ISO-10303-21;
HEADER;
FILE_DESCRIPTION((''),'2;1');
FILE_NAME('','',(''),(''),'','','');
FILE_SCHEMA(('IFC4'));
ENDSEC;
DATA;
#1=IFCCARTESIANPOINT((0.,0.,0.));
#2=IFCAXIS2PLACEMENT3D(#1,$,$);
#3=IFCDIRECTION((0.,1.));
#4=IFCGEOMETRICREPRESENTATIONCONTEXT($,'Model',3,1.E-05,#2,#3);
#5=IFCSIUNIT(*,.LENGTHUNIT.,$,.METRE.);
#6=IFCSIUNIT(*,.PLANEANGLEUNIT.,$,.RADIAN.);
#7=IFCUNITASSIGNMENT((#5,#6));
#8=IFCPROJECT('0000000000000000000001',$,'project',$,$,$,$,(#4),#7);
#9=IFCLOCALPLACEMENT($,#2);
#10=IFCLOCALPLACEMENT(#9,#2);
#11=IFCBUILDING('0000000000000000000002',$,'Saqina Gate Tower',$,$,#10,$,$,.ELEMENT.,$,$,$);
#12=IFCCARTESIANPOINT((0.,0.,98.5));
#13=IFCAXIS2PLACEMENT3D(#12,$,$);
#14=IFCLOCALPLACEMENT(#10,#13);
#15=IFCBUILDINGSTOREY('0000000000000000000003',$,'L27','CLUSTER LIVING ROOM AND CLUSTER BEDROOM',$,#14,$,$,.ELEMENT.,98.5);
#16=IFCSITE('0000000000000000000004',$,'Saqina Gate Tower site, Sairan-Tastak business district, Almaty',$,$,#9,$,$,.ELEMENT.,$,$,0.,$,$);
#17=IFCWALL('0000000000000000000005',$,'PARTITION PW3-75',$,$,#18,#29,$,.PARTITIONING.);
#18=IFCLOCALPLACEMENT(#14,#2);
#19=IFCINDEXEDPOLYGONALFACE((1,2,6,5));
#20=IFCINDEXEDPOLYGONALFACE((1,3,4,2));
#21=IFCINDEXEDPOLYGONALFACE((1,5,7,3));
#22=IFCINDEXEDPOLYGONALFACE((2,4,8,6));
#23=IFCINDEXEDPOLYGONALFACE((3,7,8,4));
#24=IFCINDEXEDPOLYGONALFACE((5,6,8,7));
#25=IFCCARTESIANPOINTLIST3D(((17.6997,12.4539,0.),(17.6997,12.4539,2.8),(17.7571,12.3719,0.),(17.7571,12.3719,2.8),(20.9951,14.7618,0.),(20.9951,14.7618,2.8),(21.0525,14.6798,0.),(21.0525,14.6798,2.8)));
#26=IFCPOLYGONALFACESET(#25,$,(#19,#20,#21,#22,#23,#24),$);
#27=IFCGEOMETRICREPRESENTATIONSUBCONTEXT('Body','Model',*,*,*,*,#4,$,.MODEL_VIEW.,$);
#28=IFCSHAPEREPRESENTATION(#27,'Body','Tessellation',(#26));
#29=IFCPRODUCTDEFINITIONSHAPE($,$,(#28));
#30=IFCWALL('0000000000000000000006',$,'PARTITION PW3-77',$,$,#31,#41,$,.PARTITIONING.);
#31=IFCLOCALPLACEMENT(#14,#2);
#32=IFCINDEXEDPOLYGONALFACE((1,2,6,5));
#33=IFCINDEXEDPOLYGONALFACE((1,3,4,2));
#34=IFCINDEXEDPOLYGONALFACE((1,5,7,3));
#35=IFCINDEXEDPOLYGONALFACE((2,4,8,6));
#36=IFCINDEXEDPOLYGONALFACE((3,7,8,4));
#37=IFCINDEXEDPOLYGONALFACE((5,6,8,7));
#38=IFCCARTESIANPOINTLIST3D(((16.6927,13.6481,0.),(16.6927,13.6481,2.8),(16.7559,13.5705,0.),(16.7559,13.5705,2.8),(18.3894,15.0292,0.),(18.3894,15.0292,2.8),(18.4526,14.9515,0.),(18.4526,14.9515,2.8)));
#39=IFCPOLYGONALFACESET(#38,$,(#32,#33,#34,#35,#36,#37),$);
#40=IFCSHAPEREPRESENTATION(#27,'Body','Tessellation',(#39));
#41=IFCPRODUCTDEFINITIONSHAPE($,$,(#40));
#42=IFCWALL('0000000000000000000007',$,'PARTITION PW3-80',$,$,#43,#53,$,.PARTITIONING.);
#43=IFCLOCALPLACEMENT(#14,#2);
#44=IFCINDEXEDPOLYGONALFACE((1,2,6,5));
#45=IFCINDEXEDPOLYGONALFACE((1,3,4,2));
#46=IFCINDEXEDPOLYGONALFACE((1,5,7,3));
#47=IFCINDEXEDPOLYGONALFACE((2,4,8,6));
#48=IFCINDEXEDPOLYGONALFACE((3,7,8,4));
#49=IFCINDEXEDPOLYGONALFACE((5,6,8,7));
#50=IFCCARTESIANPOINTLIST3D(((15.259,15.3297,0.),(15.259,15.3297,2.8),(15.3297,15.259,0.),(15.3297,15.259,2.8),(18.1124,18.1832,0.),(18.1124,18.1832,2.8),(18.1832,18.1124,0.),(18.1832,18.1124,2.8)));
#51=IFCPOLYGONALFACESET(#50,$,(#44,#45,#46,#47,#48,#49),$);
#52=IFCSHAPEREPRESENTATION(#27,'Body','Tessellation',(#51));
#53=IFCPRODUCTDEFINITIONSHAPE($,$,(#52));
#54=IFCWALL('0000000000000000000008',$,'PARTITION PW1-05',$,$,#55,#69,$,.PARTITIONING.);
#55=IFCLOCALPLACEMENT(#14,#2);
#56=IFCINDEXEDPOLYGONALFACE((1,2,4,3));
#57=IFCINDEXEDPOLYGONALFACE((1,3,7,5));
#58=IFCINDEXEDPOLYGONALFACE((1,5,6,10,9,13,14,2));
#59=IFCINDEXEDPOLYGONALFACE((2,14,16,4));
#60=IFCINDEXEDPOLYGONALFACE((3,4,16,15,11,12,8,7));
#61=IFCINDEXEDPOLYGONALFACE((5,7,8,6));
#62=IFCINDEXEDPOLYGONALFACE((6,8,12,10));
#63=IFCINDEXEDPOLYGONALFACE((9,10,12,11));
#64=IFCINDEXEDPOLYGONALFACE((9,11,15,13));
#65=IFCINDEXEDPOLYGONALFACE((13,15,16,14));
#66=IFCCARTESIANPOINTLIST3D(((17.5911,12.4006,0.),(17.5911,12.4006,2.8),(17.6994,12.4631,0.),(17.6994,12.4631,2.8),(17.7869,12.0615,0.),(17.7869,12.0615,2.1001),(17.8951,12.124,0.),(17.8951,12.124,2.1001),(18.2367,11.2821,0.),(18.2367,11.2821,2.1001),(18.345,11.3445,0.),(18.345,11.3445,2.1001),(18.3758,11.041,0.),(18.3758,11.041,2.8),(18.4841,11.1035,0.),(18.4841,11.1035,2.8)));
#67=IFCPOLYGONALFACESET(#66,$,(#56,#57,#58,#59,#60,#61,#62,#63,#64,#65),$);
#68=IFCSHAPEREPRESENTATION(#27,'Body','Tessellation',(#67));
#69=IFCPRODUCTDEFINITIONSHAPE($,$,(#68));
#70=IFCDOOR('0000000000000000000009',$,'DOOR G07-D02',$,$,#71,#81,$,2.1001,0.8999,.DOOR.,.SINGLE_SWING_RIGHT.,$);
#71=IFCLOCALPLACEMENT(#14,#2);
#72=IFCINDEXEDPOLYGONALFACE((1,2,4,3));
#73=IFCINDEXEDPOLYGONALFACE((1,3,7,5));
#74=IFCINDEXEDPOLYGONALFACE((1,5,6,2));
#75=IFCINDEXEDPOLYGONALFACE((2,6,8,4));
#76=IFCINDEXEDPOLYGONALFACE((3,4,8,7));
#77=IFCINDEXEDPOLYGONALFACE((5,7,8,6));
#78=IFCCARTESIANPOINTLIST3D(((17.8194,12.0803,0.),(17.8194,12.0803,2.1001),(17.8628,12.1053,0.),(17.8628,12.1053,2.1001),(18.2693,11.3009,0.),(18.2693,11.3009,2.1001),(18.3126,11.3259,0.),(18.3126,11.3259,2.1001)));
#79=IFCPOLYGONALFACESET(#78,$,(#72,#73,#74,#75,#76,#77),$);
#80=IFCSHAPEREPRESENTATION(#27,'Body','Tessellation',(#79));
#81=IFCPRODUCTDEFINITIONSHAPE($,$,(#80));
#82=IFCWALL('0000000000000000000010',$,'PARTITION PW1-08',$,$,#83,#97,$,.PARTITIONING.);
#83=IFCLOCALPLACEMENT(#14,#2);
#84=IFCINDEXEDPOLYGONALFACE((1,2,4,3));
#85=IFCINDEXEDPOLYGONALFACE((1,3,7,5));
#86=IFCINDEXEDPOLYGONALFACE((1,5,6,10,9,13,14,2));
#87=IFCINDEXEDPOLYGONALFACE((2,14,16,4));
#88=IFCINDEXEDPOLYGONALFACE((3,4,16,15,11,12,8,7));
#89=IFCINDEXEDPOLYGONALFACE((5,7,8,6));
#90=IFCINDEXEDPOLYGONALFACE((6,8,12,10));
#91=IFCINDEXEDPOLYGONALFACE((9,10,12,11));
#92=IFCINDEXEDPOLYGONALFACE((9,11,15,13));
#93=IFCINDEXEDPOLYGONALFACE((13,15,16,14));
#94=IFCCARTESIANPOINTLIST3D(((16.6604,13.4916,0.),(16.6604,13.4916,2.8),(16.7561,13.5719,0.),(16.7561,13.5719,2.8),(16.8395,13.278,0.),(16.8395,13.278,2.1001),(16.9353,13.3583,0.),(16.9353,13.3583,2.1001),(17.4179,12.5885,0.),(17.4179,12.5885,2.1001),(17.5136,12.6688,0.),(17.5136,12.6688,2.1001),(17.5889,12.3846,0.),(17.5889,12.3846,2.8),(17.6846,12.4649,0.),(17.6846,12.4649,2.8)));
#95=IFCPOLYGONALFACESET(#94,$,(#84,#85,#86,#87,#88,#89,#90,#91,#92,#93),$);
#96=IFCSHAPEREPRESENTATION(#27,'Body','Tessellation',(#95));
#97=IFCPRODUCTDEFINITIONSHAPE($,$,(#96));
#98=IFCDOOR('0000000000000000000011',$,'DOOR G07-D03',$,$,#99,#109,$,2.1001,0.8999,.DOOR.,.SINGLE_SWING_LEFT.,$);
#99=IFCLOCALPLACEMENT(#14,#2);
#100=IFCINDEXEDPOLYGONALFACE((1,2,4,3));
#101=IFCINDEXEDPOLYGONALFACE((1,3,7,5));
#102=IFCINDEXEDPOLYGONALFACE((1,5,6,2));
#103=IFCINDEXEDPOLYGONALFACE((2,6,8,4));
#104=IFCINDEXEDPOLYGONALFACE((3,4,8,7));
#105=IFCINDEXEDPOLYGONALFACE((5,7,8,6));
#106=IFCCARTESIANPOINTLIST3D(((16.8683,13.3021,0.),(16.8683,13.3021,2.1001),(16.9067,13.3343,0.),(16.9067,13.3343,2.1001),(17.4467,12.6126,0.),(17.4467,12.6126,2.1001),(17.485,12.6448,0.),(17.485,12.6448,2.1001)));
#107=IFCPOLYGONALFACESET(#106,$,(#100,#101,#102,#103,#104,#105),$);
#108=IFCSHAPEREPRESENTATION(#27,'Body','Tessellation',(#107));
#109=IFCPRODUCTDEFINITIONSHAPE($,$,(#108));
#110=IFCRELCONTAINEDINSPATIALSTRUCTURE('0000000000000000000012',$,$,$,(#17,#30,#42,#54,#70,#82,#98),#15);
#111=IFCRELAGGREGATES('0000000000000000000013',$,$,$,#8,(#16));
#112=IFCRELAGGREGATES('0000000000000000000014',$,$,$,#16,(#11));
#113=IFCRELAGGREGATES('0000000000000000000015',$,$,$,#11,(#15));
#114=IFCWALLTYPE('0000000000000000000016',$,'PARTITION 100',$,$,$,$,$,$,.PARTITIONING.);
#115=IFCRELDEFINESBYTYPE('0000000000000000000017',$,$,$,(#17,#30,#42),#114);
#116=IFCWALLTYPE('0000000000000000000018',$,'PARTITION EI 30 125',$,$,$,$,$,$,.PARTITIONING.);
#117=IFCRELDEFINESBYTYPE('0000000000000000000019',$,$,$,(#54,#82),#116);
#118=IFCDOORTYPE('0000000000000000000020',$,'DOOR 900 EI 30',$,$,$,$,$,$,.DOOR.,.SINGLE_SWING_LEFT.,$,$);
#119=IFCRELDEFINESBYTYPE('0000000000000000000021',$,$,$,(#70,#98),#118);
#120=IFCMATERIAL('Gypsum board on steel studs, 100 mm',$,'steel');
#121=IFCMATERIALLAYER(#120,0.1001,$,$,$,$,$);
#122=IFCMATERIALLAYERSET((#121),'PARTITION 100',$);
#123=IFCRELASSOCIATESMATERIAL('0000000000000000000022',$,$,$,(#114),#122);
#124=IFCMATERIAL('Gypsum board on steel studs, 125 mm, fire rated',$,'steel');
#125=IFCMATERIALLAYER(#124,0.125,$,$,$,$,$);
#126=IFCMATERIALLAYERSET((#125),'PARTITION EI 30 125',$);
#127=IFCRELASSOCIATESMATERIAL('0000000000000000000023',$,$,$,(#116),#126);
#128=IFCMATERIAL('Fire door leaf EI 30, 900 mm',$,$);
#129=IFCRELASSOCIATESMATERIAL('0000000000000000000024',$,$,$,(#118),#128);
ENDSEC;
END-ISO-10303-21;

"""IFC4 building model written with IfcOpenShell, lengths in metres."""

from ifc_helpers import new_model, si_unit, direction, frame, frame_2d, origin, place, context, subcontext, project, spatial, rectangle, extrude, material, layer, layer_set, type_object, element, fill, save


model = new_model("IFC4")

# Units and contexts
model_context = context("Model", 3, precision=1e-05, world=origin(), true_north=direction((0.0, 1.0)))
body_context = subcontext(model_context, "Body", "Model", "MODEL_VIEW")
ifc_project = project(units=[si_unit("LENGTHUNIT", "METRE"), si_unit("PLANEANGLEUNIT", "RADIAN")], contexts=[model_context])

# Site, building, storey
site_placement = place(None, origin())
site = spatial("IfcSite", under=ifc_project, at=site_placement, Name="Saqina Gate Tower site, Sairan-Tastak business district, Almaty", CompositionType="ELEMENT", RefElevation=0.0)
building_placement = place(site_placement, origin())
building = spatial("IfcBuilding", under=site, at=building_placement, Name="Saqina Gate Tower", CompositionType="ELEMENT")
storey_placement = place(building_placement, frame((0.0, 0.0, 98.5)))
storey = spatial("IfcBuildingStorey", under=building, at=storey_placement, Name="L27", Description="CLUSTER LIVING ROOM AND CLUSTER BEDROOM", CompositionType="ELEMENT", Elevation=98.5)

# Shared definitions
ifc_material_1 = material(Name="Gypsum board on steel studs, 100 mm", Category="steel")
ifc_layer_1 = layer(ifc_material_1, 0.1001)
ifc_layer_set_1 = layer_set([ifc_layer_1], Name="PARTITION 100")
wall_type_1 = type_object("IfcWallType", Name="PARTITION 100", PredefinedType="PARTITIONING", material=ifc_layer_set_1)

# Walls
wall_1_placement = place(storey_placement, frame((17.7283, 12.4128, 0.0), z_axis=(0.0, 0.0, 1.0), x_axis=(0.819106, 0.573642, 0.0)))
element("IfcWall", 1, at=wall_1_placement, inside=storey, type_object=wall_type_1, Name="PARTITION PW3-75", PredefinedType="PARTITIONING", context=body_context, shape_type="SweptSolid", body=[
    extrude(rectangle(XDim=4.0232, YDim=0.1001, at=frame_2d((2.0117, 0.0))), origin(), (0.0, 0.0, 1.0), 2.8),
])
wall_2_placement = place(storey_placement, frame((16.7244, 13.6094, 0.0), z_axis=(0.0, 0.0, 1.0), x_axis=(0.775561, 0.631273, 0.0)))
element("IfcWall", 2, at=wall_2_placement, inside=storey, type_object=wall_type_1, Name="PARTITION PW3-77", PredefinedType="PARTITIONING", context=body_context, shape_type="SweptSolid", body=[
    extrude(rectangle(XDim=2.1877, YDim=0.1001, at=frame_2d((1.0938, 0.0))), origin(), (0.0, 0.0, 1.0), 2.8),
])
wall_3_placement = place(storey_placement, frame((15.2944, 15.2944, 0.0), z_axis=(0.0, 0.0, 1.0), x_axis=(0.707107, 0.707107, 0.0)))
element("IfcWall", 3, at=wall_3_placement, inside=storey, type_object=wall_type_1, Name="PARTITION PW3-80", PredefinedType="PARTITIONING", context=body_context, shape_type="SweptSolid", body=[
    extrude(rectangle(XDim=4.0354, YDim=0.1001, at=frame_2d((2.0176, 0.0))), origin(), (0.0, 0.0, 1.0), 2.8),
])

# Walls, openings, doors
ifc_material_2 = material(Name="Gypsum board on steel studs, 125 mm, fire rated", Category="steel")
ifc_layer_2 = layer(ifc_material_2, 0.125)
ifc_layer_set_2 = layer_set([ifc_layer_2], Name="PARTITION EI 30 125")
wall_type_2 = type_object("IfcWallType", Name="PARTITION EI 30 125", PredefinedType="PARTITIONING", material=ifc_layer_set_2)
wall_4_placement = place(storey_placement, frame((17.6453, 12.4319, 0.0), z_axis=(0.0, 0.0, 1.0), x_axis=(0.499853, -0.86611, 0.0)))
wall_4 = element("IfcWall", 4, at=wall_4_placement, inside=storey, type_object=wall_type_2, Name="PARTITION PW1-05", PredefinedType="PARTITIONING", context=body_context, shape_type="SweptSolid", body=[
    extrude(rectangle(XDim=1.5698, YDim=0.125, at=frame_2d((0.7849, 0.0))), origin(), (0.0, 0.0, 1.0), 2.8),
])
opening_1_placement = place(wall_4_placement, frame((0.3916, 0.0, 0.0)))
opening_1 = element("IfcOpeningElement", 5, at=opening_1_placement, cuts=wall_4, PredefinedType="OPENING", context=body_context, shape_type="SweptSolid", body=[
    extrude(rectangle(XDim=0.8999, YDim=2.1001, at=frame_2d((0.45, 1.05))), frame((0.0, 0.0745, 0.0), z_axis=(0.0, -1.0, 0.0), x_axis=(1.0, 0.0, 0.0)), (0.0, 0.0, 1.0), 0.1489),
])
ifc_material_3 = material(Name="Fire door leaf EI 30, 900 mm")
door_type_1 = type_object("IfcDoorType", Name="DOOR 900 EI 30", OperationType="SINGLE_SWING_LEFT", PredefinedType="DOOR", material=ifc_material_3)
door_1_placement = place(opening_1_placement, frame((0.8999, 0.0, 0.0), z_axis=(0.0, 0.0, 1.0), x_axis=(-1.0, 0.0, 0.0)))
door_1 = element("IfcDoor", 6, at=door_1_placement, inside=storey, type_object=door_type_1, Name="DOOR G07-D02", OperationType="SINGLE_SWING_RIGHT", OverallHeight=2.1001, OverallWidth=0.8999, PredefinedType="DOOR", context=body_context, shape_type="SweptSolid", body=[
    extrude(rectangle(XDim=0.8999, YDim=2.1001, at=frame_2d((0.45, 1.05))), frame((0.0, 0.0249, 0.0), z_axis=(0.0, -1.0, 0.0), x_axis=(1.0, 0.0, 0.0)), (0.0, 0.0, 1.0), 0.05),
])
fill(opening_1, door_1)
wall_5_placement = place(storey_placement, frame((16.7083, 13.5317, 0.0), z_axis=(0.0, 0.0, 1.0), x_axis=(0.642641, -0.766167, 0.0)))
wall_5 = element("IfcWall", 7, at=wall_5_placement, inside=storey, type_object=wall_type_2, Name="PARTITION PW1-08", PredefinedType="PARTITIONING", context=body_context, shape_type="SweptSolid", body=[
    extrude(rectangle(XDim=1.4448, YDim=0.125, at=frame_2d((0.7224, 0.0))), origin(), (0.0, 0.0, 1.0), 2.8),
])
opening_2_placement = place(wall_5_placement, frame((0.2788, 0.0, 0.0)))
opening_2 = element("IfcOpeningElement", 8, at=opening_2_placement, cuts=wall_5, PredefinedType="OPENING", context=body_context, shape_type="SweptSolid", body=[
    extrude(rectangle(XDim=0.8999, YDim=2.1001, at=frame_2d((0.45, 1.05))), frame((0.0, 0.0745, 0.0), z_axis=(0.0, -1.0, 0.0), x_axis=(1.0, 0.0, 0.0)), (0.0, 0.0, 1.0), 0.1489),
])
door_2_placement = place(opening_2_placement, frame((0.8999, 0.0, 0.0), z_axis=(0.0, 0.0, 1.0), x_axis=(-1.0, 0.0, 0.0)))
door_2 = element("IfcDoor", 9, at=door_2_placement, inside=storey, type_object=door_type_1, Name="DOOR G07-D03", OperationType="SINGLE_SWING_LEFT", OverallHeight=2.1001, OverallWidth=0.8999, PredefinedType="DOOR", context=body_context, shape_type="SweptSolid", body=[
    extrude(rectangle(XDim=0.8999, YDim=2.1001, at=frame_2d((0.45, 1.05))), frame((0.0, 0.0249, 0.0), z_axis=(0.0, -1.0, 0.0), x_axis=(1.0, 0.0, 0.0)), (0.0, 0.0, 1.0), 0.05),
])
fill(opening_2, door_2)

save(model, "model.ifc")
